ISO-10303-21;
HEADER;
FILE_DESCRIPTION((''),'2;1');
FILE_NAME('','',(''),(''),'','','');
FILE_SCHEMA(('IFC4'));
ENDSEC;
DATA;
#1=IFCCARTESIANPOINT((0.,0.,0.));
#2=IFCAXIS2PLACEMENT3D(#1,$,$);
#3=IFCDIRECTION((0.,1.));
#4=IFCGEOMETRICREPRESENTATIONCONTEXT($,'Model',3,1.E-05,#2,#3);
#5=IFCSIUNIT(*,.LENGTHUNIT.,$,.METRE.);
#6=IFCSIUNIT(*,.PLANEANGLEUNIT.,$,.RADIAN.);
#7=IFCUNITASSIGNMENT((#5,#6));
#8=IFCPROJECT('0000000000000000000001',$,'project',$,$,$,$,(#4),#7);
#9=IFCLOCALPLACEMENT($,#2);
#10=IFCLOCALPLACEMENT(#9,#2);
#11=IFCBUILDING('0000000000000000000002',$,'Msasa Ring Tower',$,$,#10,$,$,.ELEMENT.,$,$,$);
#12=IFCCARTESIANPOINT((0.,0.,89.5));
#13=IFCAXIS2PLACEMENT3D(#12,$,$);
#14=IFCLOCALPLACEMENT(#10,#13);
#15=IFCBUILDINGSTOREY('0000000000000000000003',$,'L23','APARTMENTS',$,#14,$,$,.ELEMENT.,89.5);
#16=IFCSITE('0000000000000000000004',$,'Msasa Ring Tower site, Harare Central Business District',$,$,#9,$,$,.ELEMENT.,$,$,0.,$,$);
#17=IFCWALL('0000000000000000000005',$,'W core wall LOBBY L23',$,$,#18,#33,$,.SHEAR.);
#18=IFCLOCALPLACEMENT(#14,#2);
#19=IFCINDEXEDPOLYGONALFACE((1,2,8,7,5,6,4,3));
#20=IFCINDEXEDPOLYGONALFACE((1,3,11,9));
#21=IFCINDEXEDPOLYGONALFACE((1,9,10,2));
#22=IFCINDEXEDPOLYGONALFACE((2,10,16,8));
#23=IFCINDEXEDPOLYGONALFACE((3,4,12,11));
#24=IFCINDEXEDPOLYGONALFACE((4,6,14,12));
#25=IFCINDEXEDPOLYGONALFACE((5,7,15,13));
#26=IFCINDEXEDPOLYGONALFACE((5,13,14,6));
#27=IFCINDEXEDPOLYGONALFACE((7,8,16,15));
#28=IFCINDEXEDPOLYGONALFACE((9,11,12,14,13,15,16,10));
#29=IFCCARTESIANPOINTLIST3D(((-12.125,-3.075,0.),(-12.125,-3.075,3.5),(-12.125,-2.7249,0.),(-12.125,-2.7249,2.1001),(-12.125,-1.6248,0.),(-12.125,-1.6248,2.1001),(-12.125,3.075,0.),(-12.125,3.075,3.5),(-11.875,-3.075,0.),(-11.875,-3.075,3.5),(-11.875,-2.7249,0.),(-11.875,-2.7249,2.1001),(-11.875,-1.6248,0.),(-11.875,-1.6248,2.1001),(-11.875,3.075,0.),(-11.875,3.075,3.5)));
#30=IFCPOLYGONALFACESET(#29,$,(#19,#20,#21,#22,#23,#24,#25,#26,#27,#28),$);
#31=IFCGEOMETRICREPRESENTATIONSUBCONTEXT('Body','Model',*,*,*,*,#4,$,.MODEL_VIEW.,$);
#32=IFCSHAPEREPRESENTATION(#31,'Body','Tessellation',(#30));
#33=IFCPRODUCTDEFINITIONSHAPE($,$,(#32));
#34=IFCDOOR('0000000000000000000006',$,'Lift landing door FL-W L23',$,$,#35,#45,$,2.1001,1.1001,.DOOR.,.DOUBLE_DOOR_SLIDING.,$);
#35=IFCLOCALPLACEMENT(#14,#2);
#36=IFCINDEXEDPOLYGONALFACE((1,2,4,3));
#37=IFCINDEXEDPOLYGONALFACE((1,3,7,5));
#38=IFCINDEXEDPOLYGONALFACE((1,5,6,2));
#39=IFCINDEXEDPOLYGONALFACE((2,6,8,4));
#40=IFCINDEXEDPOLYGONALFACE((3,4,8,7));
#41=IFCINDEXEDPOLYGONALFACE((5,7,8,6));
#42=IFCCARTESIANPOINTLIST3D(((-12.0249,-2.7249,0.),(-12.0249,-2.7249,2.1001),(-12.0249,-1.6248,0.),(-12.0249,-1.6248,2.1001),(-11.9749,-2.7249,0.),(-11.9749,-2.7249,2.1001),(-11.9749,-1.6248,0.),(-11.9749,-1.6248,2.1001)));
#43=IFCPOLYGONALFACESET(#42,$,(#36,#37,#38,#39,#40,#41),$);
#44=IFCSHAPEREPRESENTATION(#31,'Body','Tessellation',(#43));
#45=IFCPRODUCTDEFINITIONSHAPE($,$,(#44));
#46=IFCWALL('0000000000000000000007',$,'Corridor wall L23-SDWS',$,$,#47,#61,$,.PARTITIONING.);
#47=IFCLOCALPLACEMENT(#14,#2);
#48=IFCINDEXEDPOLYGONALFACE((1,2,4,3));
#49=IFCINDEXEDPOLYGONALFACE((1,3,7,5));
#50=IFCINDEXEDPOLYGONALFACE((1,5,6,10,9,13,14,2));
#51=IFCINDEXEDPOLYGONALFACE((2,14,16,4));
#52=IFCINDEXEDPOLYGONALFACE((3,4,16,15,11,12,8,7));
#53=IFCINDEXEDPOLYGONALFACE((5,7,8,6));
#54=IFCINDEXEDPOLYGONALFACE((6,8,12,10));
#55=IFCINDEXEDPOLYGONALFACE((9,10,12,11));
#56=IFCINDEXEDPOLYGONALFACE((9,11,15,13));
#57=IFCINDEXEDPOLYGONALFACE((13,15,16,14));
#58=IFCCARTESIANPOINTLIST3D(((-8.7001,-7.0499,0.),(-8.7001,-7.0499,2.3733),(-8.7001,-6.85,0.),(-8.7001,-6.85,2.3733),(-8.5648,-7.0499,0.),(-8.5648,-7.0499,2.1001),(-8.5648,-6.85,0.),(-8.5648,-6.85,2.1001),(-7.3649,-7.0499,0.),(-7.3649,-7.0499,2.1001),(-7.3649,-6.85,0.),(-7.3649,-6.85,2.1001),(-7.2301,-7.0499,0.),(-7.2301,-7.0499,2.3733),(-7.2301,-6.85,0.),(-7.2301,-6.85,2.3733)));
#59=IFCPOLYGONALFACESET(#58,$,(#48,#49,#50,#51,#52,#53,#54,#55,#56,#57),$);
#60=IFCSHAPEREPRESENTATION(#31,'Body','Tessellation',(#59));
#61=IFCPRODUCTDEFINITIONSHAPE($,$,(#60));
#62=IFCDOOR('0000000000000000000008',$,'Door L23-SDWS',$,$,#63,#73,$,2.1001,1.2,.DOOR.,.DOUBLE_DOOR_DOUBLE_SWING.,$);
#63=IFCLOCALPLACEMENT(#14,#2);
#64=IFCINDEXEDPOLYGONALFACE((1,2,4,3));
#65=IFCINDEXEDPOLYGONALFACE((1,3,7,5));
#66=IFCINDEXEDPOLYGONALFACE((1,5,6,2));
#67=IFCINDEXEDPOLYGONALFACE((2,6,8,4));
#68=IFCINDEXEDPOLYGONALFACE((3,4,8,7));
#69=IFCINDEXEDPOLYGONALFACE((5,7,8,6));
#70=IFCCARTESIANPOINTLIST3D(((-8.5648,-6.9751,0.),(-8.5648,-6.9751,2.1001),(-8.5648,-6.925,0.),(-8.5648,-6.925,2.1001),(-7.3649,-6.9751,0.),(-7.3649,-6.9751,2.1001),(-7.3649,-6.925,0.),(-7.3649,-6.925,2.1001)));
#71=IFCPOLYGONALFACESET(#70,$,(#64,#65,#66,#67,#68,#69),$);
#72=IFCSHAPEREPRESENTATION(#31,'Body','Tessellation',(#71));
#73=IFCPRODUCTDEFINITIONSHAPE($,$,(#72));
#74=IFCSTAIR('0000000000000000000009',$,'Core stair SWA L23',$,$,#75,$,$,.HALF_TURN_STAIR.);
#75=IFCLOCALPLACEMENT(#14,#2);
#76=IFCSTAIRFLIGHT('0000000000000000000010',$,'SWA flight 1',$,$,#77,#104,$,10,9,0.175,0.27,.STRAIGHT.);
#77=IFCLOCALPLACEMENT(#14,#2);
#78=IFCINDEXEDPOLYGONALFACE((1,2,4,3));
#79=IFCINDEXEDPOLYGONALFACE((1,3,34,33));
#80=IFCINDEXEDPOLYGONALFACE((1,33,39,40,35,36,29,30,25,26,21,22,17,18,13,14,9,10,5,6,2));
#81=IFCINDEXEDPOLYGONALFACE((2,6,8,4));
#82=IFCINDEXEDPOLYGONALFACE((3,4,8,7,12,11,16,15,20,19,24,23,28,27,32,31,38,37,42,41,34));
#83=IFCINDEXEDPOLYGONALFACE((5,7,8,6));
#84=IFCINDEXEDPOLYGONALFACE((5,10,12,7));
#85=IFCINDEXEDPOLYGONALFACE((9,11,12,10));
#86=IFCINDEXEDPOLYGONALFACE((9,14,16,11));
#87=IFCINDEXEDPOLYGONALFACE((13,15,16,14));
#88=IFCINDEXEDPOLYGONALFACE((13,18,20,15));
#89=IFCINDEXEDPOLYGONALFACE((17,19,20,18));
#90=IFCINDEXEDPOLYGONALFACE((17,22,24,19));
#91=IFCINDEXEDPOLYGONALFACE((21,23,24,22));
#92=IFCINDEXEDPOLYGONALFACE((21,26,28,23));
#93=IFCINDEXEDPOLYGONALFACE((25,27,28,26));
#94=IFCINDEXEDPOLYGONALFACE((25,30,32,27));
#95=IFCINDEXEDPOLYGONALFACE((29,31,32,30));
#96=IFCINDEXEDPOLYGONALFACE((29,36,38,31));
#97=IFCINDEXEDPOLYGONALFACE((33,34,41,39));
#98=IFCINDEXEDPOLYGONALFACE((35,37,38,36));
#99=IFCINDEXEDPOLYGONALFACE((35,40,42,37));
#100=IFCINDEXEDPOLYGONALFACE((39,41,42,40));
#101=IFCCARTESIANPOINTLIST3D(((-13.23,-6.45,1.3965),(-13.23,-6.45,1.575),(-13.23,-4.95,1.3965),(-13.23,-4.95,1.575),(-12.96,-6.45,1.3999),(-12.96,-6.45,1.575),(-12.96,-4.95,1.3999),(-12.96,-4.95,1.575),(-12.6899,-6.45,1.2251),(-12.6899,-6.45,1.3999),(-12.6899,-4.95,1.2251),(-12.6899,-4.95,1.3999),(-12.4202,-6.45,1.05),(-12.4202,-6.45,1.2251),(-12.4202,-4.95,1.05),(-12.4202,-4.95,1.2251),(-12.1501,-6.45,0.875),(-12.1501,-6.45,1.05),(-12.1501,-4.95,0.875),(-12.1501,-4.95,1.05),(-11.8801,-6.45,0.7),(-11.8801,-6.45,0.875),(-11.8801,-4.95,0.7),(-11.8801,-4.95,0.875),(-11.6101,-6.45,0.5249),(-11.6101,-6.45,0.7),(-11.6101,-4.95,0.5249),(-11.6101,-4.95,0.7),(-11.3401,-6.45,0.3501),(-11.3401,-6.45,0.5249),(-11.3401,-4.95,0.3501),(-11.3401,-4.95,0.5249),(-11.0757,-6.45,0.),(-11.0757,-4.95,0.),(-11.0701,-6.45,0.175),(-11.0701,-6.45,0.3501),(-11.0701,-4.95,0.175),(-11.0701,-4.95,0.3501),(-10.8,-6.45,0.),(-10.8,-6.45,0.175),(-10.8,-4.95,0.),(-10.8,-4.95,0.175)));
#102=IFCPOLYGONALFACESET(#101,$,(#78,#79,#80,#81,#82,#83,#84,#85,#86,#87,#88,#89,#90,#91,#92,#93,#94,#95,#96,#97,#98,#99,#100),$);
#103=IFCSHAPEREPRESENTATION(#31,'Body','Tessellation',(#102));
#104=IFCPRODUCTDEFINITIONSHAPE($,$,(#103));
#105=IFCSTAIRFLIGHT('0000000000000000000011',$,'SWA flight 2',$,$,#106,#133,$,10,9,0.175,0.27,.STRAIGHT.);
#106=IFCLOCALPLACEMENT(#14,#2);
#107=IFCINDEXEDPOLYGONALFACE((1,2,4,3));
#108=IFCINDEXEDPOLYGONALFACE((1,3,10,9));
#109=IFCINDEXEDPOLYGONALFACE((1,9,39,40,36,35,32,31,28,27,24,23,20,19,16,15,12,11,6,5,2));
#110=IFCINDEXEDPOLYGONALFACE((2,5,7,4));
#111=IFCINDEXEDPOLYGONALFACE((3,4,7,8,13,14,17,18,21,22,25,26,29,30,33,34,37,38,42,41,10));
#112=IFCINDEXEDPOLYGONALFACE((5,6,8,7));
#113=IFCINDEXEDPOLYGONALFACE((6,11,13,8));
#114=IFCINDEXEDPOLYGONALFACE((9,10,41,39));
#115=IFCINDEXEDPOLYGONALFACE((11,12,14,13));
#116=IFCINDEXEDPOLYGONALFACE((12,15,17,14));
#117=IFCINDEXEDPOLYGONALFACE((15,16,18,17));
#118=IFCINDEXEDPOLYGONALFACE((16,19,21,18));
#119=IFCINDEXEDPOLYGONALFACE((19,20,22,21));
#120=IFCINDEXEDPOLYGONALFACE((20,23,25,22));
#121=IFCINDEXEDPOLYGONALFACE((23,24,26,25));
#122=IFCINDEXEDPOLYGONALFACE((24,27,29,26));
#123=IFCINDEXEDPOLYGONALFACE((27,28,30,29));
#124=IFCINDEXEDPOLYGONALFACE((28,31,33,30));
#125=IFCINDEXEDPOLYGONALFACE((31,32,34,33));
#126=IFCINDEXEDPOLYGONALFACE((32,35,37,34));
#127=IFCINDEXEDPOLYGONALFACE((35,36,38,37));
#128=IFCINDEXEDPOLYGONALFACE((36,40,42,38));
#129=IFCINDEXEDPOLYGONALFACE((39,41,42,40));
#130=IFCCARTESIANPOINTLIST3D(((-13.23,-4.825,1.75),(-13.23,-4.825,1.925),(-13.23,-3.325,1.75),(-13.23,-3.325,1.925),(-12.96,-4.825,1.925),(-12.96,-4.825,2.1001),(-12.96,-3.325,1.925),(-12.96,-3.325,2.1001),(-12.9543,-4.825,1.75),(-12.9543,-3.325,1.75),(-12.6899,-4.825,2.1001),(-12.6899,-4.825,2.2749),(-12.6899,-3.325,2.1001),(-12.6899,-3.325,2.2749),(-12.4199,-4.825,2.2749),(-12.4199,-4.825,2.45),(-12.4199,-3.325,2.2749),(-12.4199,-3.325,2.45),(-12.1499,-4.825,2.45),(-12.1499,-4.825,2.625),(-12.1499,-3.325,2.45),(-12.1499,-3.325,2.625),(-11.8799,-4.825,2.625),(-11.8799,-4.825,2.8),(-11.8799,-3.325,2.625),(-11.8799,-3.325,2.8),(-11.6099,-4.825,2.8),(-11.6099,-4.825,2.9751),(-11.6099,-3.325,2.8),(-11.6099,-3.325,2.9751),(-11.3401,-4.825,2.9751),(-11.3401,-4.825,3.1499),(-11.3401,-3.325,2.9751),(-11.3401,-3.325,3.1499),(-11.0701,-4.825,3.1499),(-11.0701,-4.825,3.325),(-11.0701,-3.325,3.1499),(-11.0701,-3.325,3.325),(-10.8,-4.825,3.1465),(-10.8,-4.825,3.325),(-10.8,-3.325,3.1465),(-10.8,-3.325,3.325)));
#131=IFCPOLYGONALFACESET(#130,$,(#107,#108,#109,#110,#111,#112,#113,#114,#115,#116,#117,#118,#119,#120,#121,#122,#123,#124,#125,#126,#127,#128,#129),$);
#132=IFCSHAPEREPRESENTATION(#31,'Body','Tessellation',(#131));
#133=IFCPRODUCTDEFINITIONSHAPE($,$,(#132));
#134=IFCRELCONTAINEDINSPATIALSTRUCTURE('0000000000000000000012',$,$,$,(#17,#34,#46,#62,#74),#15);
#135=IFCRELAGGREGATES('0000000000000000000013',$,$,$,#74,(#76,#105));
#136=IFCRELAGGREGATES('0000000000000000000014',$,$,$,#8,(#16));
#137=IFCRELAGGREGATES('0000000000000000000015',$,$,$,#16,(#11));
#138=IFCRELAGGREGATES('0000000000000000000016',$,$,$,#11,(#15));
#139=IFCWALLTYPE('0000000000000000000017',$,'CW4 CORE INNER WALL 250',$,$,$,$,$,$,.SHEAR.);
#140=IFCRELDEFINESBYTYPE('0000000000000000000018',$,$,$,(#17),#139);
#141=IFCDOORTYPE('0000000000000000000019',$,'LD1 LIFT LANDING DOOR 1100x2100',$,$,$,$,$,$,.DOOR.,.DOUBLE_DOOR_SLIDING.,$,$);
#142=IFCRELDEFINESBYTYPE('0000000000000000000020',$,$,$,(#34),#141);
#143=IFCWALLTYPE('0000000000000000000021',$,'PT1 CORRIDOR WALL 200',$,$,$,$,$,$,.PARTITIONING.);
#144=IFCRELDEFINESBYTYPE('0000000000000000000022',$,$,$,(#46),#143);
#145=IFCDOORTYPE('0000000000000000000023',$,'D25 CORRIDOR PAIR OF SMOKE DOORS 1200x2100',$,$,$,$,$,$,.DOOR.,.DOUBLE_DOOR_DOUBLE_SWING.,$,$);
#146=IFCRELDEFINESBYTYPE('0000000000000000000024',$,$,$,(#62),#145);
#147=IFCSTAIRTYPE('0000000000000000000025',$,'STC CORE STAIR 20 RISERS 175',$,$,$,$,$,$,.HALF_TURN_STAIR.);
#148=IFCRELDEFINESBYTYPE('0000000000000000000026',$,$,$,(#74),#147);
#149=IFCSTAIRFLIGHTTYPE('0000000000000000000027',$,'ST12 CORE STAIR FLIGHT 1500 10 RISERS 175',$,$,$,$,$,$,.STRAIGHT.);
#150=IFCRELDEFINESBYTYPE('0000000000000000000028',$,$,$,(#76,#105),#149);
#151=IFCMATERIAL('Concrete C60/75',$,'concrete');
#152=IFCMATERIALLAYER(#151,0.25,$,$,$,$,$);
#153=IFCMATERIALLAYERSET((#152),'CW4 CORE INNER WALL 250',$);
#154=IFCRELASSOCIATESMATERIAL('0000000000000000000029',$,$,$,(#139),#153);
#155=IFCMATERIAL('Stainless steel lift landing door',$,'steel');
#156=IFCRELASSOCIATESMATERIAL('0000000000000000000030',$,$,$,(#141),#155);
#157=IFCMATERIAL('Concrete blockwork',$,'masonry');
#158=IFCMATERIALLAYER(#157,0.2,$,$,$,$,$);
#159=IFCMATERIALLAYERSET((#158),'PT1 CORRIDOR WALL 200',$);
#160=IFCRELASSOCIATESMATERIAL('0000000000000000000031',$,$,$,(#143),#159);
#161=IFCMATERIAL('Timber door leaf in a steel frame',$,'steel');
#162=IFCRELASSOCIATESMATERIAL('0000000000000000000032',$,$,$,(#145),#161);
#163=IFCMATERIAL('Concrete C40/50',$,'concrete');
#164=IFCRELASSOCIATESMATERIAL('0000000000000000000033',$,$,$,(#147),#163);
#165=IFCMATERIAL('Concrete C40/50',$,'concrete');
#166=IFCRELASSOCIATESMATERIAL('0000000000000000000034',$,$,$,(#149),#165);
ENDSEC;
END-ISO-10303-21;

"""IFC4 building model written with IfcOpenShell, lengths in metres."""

from ifc_helpers import new_model, si_unit, direction, frame, frame_2d, origin, place, context, subcontext, project, spatial, polyline, rectangle, outline, extrude, material, layer, layer_set, type_object, element, fill, aggregate, save


model = new_model("IFC4")

# Units and contexts
model_context = context("Model", 3, precision=1e-05, world=origin(), true_north=direction((0.0, 1.0)))
body_context = subcontext(model_context, "Body", "Model", "MODEL_VIEW")
ifc_project = project(units=[si_unit("LENGTHUNIT", "METRE"), si_unit("PLANEANGLEUNIT", "RADIAN")], contexts=[model_context])

# Site, building, storey
site_placement = place(None, origin())
site = spatial("IfcSite", under=ifc_project, at=site_placement, Name="Msasa Ring Tower site, Harare Central Business District", CompositionType="ELEMENT", RefElevation=0.0)
building_placement = place(site_placement, origin())
building = spatial("IfcBuilding", under=site, at=building_placement, Name="Msasa Ring Tower", CompositionType="ELEMENT")
storey_placement = place(building_placement, frame((0.0, 0.0, 89.5)))
storey = spatial("IfcBuildingStorey", under=building, at=storey_placement, Name="L23", Description="APARTMENTS", CompositionType="ELEMENT", Elevation=89.5)

# Walls, openings, doors
ifc_material_1 = material(Name="Concrete C60/75", Category="concrete")
ifc_layer_1 = layer(ifc_material_1, 0.25)
ifc_layer_set_1 = layer_set([ifc_layer_1], Name="CW4 CORE INNER WALL 250")
wall_type_1 = type_object("IfcWallType", Name="CW4 CORE INNER WALL 250", PredefinedType="SHEAR", material=ifc_layer_set_1)
wall_1_placement = place(storey_placement, frame((-12.0, -3.075, 0.0), z_axis=(0.0, 0.0, 1.0), x_axis=(0.0, 1.0, 0.0)))
wall_1 = element("IfcWall", 1, at=wall_1_placement, inside=storey, type_object=wall_type_1, Name="W core wall LOBBY L23", PredefinedType="SHEAR", context=body_context, shape_type="SweptSolid", body=[
    extrude(rectangle(XDim=6.1499, YDim=0.25, at=frame_2d((3.075, 0.0))), origin(), (0.0, 0.0, 1.0), 3.5),
])
opening_1_placement = place(wall_1_placement, frame((0.3501, 0.0, 0.0)))
opening_1 = element("IfcOpeningElement", 2, at=opening_1_placement, cuts=wall_1, PredefinedType="OPENING", context=body_context, shape_type="SweptSolid", body=[
    extrude(rectangle(XDim=1.1001, YDim=2.1001, at=frame_2d((0.55, 1.05))), frame((0.0, 0.135, 0.0), z_axis=(0.0, -1.0, 0.0), x_axis=(1.0, 0.0, 0.0)), (0.0, 0.0, 1.0), 0.27),
])
ifc_material_2 = material(Name="Stainless steel lift landing door", Category="steel")
door_type_1 = type_object("IfcDoorType", Name="LD1 LIFT LANDING DOOR 1100x2100", OperationType="DOUBLE_DOOR_SLIDING", PredefinedType="DOOR", material=ifc_material_2)
door_1_placement = place(opening_1_placement, origin())
door_1 = element("IfcDoor", 3, at=door_1_placement, inside=storey, type_object=door_type_1, Name="Lift landing door FL-W L23", OperationType="DOUBLE_DOOR_SLIDING", OverallHeight=2.1001, OverallWidth=1.1001, PredefinedType="DOOR", context=body_context, shape_type="SweptSolid", body=[
    extrude(rectangle(XDim=1.1001, YDim=2.1001, at=frame_2d((0.55, 1.05))), frame((0.0, 0.0249, 0.0), z_axis=(0.0, -1.0, 0.0), x_axis=(1.0, 0.0, 0.0)), (0.0, 0.0, 1.0), 0.05),
])
fill(opening_1, door_1)
ifc_material_3 = material(Name="Concrete blockwork", Category="masonry")
ifc_layer_2 = layer(ifc_material_3, 0.2)
ifc_layer_set_2 = layer_set([ifc_layer_2], Name="PT1 CORRIDOR WALL 200")
wall_type_2 = type_object("IfcWallType", Name="PT1 CORRIDOR WALL 200", PredefinedType="PARTITIONING", material=ifc_layer_set_2)
wall_2_placement = place(storey_placement, frame((-8.7, -6.95, 0.0), z_axis=(0.0, 0.0, 1.0), x_axis=(1.0, 0.0, 0.0)))
wall_2 = element("IfcWall", 4, at=wall_2_placement, inside=storey, type_object=wall_type_2, Name="Corridor wall L23-SDWS", PredefinedType="PARTITIONING", context=body_context, shape_type="SweptSolid", body=[
    extrude(rectangle(XDim=1.47, YDim=0.2, at=frame_2d((0.7349, 0.0))), origin(), (0.0, 0.0, 1.0), 2.3733),
])
opening_2_placement = place(wall_2_placement, frame((0.135, 0.0, 0.0)))
opening_2 = element("IfcOpeningElement", 5, at=opening_2_placement, cuts=wall_2, PredefinedType="OPENING", context=body_context, shape_type="SweptSolid", body=[
    extrude(rectangle(XDim=1.2, YDim=2.1001, at=frame_2d((0.6001, 1.05))), frame((0.0, 0.1099, 0.0), z_axis=(0.0, -1.0, 0.0), x_axis=(1.0, 0.0, 0.0)), (0.0, 0.0, 1.0), 0.22),
])
ifc_material_4 = material(Name="Timber door leaf in a steel frame", Category="steel")
door_type_2 = type_object("IfcDoorType", Name="D25 CORRIDOR PAIR OF SMOKE DOORS 1200x2100", OperationType="DOUBLE_DOOR_DOUBLE_SWING", PredefinedType="DOOR", material=ifc_material_4)
door_2_placement = place(opening_2_placement, origin())
door_2 = element("IfcDoor", 6, at=door_2_placement, inside=storey, type_object=door_type_2, Name="Door L23-SDWS", OperationType="DOUBLE_DOOR_DOUBLE_SWING", OverallHeight=2.1001, OverallWidth=1.2, PredefinedType="DOOR", context=body_context, shape_type="SweptSolid", body=[
    extrude(rectangle(XDim=1.2, YDim=2.1001, at=frame_2d((0.6001, 1.05))), frame((0.0, 0.0249, 0.0), z_axis=(0.0, -1.0, 0.0), x_axis=(1.0, 0.0, 0.0)), (0.0, 0.0, 1.0), 0.05),
])
fill(opening_2, door_2)

# Stair, stair flights
ifc_material_5 = material(Name="Concrete C40/50", Category="concrete")
stair_type = type_object("IfcStairType", Name="STC CORE STAIR 20 RISERS 175", PredefinedType="HALF_TURN_STAIR", material=ifc_material_5)
stair_placement = place(storey_placement, origin())
stair = element("IfcStair", 7, at=stair_placement, inside=storey, type_object=stair_type, Name="Core stair SWA L23", PredefinedType="HALF_TURN_STAIR")
ifc_material_6 = material(Name="Concrete C40/50", Category="concrete")
stair_flight_type = type_object("IfcStairFlightType", Name="ST12 CORE STAIR FLIGHT 1500 10 RISERS 175", PredefinedType="STRAIGHT", material=ifc_material_6)
stair_flight_1_placement = place(storey_placement, frame((-10.8, -5.7, 0.0), z_axis=(0.0, 0.0, 1.0), x_axis=(-1.0, 0.0, 0.0)))
stair_flight_1 = element("IfcStairFlight", 8, at=stair_flight_1_placement, type_object=stair_flight_type, Name="SWA flight 1", NumberOfRisers=10, NumberOfTreads=9, PredefinedType="STRAIGHT", RiserHeight=0.175, TreadLength=0.27, context=body_context, shape_type="SweptSolid", body=[
    extrude(outline(polyline([(0.0, 0.0), (0.0, 0.175), (0.27, 0.175), (0.27, 0.3501), (0.54, 0.3501), (0.54, 0.5249), (0.8101, 0.5249), (0.8101, 0.7), (1.0801, 0.7), (1.0801, 0.875), (1.3501, 0.875), (1.3501, 1.05), (1.6201, 1.05), (1.6201, 1.2251), (1.8899, 1.2251), (1.8899, 1.3999), (2.1599, 1.3999), (2.1599, 1.575), (2.4299, 1.575), (2.4299, 1.75), (2.4299, 1.3965), (0.2756, 0.0), (0.0, 0.0)])), frame((0.0, 0.75, 0.0), z_axis=(0.0, -1.0, 0.0), x_axis=(1.0, 0.0, 0.0)), (0.0, 0.0, 1.0), 1.5),
])
stair_flight_2_placement = place(storey_placement, frame((-13.23, -4.075, 1.75), z_axis=(0.0, 0.0, 1.0), x_axis=(1.0, 0.0, 0.0)))
stair_flight_2 = element("IfcStairFlight", 9, at=stair_flight_2_placement, type_object=stair_flight_type, Name="SWA flight 2", NumberOfRisers=10, NumberOfTreads=9, PredefinedType="STRAIGHT", RiserHeight=0.175, TreadLength=0.27, context=body_context, shape_type="SweptSolid", body=[
    extrude(outline(polyline([(0.0, 0.0), (0.0, 0.175), (0.27, 0.175), (0.27, 0.3501), (0.54, 0.3501), (0.54, 0.5249), (0.8101, 0.5249), (0.8101, 0.7), (1.0801, 0.7), (1.0801, 0.875), (1.3501, 0.875), (1.3501, 1.05), (1.6201, 1.05), (1.6201, 1.2251), (1.8899, 1.2251), (1.8899, 1.3999), (2.1599, 1.3999), (2.1599, 1.575), (2.4299, 1.575), (2.4299, 1.75), (2.4299, 1.3965), (0.2756, 0.0), (0.0, 0.0)])), frame((0.0, 0.75, 0.0), z_axis=(0.0, -1.0, 0.0), x_axis=(1.0, 0.0, 0.0)), (0.0, 0.0, 1.0), 1.5),
])
aggregate(stair, [stair_flight_1, stair_flight_2])

save(model, "model.ifc")
